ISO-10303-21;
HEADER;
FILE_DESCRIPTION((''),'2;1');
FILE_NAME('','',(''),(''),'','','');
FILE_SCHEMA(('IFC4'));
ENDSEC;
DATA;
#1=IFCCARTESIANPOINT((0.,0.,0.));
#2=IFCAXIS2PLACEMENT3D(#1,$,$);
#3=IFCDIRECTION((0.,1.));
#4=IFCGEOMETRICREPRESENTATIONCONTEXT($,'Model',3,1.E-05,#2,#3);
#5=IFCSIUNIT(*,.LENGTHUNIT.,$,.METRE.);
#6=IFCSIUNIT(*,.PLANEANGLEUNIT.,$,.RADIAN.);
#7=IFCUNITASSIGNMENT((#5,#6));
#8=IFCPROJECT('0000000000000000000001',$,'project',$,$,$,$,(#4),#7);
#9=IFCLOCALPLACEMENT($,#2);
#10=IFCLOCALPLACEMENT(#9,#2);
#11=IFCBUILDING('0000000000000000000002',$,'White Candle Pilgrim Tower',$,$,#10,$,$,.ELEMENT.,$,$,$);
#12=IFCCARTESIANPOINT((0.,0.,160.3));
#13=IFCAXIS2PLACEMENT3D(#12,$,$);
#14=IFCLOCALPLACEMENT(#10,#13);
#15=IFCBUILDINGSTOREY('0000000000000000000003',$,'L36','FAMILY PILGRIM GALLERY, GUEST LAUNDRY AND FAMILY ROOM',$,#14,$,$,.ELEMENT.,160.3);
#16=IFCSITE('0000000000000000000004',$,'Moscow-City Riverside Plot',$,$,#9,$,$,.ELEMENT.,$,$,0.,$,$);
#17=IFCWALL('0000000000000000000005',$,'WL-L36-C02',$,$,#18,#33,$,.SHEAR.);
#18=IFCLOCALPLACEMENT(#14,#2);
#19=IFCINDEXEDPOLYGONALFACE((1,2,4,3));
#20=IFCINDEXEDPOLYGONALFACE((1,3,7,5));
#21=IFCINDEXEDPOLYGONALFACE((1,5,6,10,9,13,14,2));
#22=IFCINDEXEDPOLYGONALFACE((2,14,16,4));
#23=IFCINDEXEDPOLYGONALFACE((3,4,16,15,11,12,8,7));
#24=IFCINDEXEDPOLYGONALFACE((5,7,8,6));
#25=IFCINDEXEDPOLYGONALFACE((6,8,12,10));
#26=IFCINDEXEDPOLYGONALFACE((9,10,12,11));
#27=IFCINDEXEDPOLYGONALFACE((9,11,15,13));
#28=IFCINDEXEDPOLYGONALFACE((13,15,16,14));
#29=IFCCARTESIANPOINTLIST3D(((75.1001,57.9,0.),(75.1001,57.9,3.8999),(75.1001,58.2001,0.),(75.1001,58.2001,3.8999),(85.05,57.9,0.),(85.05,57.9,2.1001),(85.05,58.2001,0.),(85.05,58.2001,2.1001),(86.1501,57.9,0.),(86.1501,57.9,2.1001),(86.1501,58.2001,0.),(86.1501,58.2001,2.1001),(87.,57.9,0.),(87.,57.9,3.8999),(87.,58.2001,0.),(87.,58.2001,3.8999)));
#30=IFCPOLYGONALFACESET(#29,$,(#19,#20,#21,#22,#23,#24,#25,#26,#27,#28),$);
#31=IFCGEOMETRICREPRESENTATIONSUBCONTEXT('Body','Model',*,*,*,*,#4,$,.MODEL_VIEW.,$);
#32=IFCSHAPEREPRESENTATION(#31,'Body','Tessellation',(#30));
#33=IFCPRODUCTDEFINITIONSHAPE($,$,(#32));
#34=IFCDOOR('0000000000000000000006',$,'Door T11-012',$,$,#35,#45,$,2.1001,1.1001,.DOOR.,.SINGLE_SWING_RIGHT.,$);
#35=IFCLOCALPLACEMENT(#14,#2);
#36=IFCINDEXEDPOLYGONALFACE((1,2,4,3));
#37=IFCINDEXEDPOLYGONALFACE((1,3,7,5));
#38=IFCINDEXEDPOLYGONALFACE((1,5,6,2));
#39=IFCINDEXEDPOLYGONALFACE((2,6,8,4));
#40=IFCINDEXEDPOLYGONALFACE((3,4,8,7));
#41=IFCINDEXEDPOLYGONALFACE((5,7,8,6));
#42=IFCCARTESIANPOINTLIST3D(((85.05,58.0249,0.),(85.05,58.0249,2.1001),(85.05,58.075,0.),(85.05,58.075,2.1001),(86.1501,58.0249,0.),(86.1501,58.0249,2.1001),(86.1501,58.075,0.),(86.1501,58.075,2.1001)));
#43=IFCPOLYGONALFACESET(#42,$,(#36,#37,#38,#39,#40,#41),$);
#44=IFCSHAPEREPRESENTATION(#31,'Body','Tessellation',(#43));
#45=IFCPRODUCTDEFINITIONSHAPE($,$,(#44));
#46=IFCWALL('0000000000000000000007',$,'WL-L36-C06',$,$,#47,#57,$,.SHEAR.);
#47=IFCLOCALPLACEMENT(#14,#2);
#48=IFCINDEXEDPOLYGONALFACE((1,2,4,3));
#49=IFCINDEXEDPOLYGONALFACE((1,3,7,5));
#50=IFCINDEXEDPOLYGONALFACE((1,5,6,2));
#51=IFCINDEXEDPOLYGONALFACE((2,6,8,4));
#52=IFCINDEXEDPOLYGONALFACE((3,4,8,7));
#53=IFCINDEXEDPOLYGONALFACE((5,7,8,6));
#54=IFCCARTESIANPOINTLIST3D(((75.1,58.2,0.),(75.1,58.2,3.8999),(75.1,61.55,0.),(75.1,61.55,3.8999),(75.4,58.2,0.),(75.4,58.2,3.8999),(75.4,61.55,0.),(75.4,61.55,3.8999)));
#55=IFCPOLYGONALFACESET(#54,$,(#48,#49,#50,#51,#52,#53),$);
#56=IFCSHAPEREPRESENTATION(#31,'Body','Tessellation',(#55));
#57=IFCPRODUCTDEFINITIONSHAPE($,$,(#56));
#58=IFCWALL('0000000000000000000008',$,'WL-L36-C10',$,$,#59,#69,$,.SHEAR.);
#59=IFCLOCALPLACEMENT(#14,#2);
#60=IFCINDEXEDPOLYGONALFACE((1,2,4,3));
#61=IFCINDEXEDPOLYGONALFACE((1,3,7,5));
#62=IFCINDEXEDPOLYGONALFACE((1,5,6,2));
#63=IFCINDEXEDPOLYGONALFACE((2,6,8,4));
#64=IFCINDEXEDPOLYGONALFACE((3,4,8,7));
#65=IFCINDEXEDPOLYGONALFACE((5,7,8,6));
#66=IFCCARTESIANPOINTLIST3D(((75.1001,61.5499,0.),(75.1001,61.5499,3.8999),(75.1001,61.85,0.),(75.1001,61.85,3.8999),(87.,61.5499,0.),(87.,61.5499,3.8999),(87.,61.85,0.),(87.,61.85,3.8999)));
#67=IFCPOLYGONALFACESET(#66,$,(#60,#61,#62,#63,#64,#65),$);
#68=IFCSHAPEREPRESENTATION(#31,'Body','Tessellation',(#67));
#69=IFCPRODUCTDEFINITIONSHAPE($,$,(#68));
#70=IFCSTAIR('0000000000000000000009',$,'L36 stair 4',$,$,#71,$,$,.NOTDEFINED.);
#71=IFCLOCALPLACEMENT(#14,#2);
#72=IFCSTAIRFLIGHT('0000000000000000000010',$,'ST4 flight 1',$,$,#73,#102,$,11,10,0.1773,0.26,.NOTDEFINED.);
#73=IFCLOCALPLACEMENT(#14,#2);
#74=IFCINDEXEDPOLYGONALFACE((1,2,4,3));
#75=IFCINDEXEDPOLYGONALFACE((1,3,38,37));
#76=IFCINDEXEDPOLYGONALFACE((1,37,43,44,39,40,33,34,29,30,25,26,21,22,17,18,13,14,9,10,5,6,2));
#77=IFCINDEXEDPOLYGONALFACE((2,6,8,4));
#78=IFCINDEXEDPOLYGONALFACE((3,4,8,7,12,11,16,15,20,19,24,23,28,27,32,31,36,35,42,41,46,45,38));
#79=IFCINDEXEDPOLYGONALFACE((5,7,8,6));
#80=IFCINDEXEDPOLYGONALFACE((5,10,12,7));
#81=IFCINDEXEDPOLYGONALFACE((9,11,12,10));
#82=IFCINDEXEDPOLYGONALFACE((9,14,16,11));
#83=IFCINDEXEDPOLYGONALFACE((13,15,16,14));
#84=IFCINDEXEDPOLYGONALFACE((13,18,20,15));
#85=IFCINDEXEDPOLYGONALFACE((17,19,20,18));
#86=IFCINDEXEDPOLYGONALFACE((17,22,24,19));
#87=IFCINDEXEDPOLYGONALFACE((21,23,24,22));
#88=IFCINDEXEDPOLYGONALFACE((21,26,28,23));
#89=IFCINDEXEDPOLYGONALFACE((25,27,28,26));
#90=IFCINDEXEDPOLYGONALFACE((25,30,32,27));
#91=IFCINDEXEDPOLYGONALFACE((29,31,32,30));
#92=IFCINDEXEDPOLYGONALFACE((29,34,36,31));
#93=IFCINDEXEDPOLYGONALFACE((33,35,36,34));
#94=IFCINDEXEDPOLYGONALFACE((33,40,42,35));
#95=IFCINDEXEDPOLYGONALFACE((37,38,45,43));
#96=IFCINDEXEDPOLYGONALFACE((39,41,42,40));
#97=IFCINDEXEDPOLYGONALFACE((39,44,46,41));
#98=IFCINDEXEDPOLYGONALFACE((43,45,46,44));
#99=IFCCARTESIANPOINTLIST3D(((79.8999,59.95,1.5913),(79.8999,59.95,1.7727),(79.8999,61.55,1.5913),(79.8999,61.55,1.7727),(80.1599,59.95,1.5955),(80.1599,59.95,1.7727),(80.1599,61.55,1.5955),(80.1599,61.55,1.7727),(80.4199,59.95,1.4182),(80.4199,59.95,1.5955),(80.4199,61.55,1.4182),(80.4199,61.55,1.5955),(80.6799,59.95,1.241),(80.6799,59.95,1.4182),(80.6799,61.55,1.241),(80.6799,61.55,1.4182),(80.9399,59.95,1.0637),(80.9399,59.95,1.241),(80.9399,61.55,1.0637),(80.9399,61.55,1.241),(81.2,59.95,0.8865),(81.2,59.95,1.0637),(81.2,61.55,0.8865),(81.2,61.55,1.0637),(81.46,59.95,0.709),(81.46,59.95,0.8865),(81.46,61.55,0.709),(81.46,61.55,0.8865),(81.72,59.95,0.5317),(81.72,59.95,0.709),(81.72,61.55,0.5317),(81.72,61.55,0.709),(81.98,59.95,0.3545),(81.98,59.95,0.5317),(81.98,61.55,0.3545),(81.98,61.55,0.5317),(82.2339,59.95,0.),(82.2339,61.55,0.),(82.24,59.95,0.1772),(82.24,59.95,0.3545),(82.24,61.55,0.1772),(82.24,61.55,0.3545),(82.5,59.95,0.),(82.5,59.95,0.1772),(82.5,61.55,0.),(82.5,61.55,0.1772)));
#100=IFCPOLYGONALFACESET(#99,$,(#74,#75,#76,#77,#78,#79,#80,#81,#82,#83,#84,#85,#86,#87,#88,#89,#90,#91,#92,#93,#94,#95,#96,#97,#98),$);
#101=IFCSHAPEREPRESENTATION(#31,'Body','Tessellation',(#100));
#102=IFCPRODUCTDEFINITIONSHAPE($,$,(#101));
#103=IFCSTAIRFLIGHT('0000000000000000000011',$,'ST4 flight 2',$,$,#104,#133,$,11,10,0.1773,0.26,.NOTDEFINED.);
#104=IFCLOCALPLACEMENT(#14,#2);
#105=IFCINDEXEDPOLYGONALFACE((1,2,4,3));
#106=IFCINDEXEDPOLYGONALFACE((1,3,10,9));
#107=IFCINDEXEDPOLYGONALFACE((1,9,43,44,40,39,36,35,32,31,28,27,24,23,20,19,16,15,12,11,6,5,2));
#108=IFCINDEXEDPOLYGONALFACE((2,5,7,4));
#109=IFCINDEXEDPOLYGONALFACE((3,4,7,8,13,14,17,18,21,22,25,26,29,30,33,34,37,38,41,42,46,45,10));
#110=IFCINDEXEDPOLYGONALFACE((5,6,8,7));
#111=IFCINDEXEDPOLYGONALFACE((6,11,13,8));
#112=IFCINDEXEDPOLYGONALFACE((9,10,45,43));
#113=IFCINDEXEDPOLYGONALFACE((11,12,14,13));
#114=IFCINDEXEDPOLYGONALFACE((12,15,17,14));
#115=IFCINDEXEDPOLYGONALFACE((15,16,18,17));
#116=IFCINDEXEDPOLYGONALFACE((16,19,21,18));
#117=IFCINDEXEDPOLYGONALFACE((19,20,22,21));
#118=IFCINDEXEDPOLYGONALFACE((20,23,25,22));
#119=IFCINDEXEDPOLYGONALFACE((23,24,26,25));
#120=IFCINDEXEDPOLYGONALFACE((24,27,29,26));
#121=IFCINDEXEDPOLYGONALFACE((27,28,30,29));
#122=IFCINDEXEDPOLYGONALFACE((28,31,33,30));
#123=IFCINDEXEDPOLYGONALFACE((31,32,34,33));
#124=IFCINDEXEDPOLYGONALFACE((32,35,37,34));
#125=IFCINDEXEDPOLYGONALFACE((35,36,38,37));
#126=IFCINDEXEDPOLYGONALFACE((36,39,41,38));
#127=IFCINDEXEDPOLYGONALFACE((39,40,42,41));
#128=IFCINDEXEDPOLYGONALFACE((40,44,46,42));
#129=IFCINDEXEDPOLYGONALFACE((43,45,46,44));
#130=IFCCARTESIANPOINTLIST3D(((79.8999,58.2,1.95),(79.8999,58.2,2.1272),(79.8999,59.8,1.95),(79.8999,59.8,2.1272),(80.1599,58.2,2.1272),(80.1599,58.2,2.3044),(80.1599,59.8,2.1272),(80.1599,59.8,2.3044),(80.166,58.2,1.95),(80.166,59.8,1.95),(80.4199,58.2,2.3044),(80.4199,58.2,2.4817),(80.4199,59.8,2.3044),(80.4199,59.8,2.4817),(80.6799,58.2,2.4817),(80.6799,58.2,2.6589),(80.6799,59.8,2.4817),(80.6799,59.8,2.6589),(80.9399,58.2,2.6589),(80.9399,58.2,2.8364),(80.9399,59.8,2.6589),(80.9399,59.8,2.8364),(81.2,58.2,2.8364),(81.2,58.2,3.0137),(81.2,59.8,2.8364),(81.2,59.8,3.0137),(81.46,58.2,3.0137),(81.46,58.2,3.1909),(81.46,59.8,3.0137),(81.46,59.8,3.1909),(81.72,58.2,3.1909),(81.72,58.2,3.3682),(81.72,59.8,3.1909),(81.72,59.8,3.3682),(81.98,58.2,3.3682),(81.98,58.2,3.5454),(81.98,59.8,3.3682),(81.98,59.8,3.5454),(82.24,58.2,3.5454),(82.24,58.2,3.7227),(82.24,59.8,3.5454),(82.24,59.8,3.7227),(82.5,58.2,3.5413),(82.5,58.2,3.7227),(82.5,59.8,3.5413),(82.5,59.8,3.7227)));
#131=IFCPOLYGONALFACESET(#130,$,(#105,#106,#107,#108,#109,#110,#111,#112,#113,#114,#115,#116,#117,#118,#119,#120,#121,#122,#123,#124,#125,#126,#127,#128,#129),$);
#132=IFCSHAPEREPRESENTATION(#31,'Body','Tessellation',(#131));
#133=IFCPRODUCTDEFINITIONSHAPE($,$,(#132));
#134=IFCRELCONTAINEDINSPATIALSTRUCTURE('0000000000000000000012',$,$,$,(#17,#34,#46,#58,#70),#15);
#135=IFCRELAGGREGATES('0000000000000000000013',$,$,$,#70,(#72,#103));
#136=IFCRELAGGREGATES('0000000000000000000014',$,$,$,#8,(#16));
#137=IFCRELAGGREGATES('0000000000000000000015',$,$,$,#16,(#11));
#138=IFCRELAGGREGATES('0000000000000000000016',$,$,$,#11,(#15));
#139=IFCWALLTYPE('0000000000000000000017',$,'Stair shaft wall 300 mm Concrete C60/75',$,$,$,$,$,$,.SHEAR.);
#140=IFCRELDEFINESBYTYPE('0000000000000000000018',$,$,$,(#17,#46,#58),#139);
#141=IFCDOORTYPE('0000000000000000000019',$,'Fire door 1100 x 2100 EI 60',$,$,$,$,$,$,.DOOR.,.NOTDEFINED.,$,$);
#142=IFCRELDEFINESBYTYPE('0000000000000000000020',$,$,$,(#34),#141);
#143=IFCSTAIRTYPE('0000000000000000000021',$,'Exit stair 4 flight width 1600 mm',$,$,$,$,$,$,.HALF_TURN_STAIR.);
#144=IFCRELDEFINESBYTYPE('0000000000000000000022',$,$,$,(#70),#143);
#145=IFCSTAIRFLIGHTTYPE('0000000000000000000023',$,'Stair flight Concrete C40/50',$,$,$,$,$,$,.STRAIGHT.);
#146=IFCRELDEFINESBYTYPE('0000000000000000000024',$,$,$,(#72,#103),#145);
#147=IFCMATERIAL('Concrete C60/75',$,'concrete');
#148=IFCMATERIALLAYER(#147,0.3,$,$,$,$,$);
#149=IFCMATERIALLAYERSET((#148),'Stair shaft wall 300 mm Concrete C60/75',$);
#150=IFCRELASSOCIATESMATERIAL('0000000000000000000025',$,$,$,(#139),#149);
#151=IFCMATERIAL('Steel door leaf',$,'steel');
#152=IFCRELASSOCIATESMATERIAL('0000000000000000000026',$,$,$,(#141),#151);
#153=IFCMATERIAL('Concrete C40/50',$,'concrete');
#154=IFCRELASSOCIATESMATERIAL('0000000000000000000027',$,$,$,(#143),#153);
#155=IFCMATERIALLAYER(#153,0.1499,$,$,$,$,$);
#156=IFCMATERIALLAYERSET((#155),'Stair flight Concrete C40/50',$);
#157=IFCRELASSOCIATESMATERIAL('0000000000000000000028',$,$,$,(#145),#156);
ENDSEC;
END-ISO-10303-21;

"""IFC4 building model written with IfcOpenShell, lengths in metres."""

from ifc_helpers import new_model, si_unit, direction, frame, frame_2d, origin, place, context, subcontext, project, spatial, polyline, rectangle, outline, extrude, material, layer, layer_set, type_object, element, fill, aggregate, save


model = new_model("IFC4")

# Units and contexts
model_context = context("Model", 3, precision=1e-05, world=origin(), true_north=direction((0.0, 1.0)))
body_context = subcontext(model_context, "Body", "Model", "MODEL_VIEW")
ifc_project = project(units=[si_unit("LENGTHUNIT", "METRE"), si_unit("PLANEANGLEUNIT", "RADIAN")], contexts=[model_context])

# Site, building, storey
site_placement = place(None, origin())
site = spatial("IfcSite", under=ifc_project, at=site_placement, Name="Moscow-City Riverside Plot", CompositionType="ELEMENT", RefElevation=0.0)
building_placement = place(site_placement, origin())
building = spatial("IfcBuilding", under=site, at=building_placement, Name="White Candle Pilgrim Tower", CompositionType="ELEMENT")
storey_placement = place(building_placement, frame((0.0, 0.0, 160.3)))
storey = spatial("IfcBuildingStorey", under=building, at=storey_placement, Name="L36", Description="FAMILY PILGRIM GALLERY, GUEST LAUNDRY AND FAMILY ROOM", CompositionType="ELEMENT", Elevation=160.3)

# Wall, opening, door
ifc_material_1 = material(Name="Concrete C60/75", Category="concrete")
ifc_layer_1 = layer(ifc_material_1, 0.3)
ifc_layer_set_1 = layer_set([ifc_layer_1], Name="Stair shaft wall 300 mm Concrete C60/75")
wall_type_1 = type_object("IfcWallType", Name="Stair shaft wall 300 mm Concrete C60/75", PredefinedType="SHEAR", material=ifc_layer_set_1)
wall_1_placement = place(storey_placement, frame((75.1001, 58.05, 0.0), z_axis=(0.0, 0.0, 1.0), x_axis=(1.0, 0.0, 0.0)))
wall_1 = element("IfcWall", 1, at=wall_1_placement, inside=storey, type_object=wall_type_1, Name="WL-L36-C02", PredefinedType="SHEAR", context=body_context, shape_type="SweptSolid", body=[
    extrude(rectangle(XDim=11.8999, YDim=0.3, at=frame_2d((5.95, 0.0))), origin(), (0.0, 0.0, 1.0), 3.8999),
])
opening_placement = place(wall_1_placement, frame((9.95, 0.0, 0.0)))
opening = element("IfcOpeningElement", 2, at=opening_placement, cuts=wall_1, PredefinedType="OPENING", context=body_context, shape_type="SweptSolid", body=[
    extrude(rectangle(XDim=1.1001, YDim=2.1001, at=frame_2d((0.55, 1.05))), frame((0.0, 0.1599, 0.0), z_axis=(0.0, -1.0, 0.0), x_axis=(1.0, 0.0, 0.0)), (0.0, 0.0, 1.0), 0.3201),
])
ifc_material_2 = material(Name="Steel door leaf", Category="steel")
door_type = type_object("IfcDoorType", Name="Fire door 1100 x 2100 EI 60", OperationType="NOTDEFINED", PredefinedType="DOOR", material=ifc_material_2)
door_placement = place(opening_placement, origin())
door = element("IfcDoor", 3, at=door_placement, inside=storey, type_object=door_type, Name="Door T11-012", OperationType="SINGLE_SWING_RIGHT", OverallHeight=2.1001, OverallWidth=1.1001, PredefinedType="DOOR", context=body_context, shape_type="SweptSolid", body=[
    extrude(rectangle(XDim=1.1001, YDim=2.1001, at=frame_2d((0.55, 1.05))), frame((0.0, 0.0249, 0.0), z_axis=(0.0, -1.0, 0.0), x_axis=(1.0, 0.0, 0.0)), (0.0, 0.0, 1.0), 0.05),
])
fill(opening, door)

# Walls
wall_2_placement = place(storey_placement, frame((75.25, 58.2, 0.0), z_axis=(0.0, 0.0, 1.0), x_axis=(0.0, 1.0, 0.0)))
element("IfcWall", 4, at=wall_2_placement, inside=storey, type_object=wall_type_1, Name="WL-L36-C06", PredefinedType="SHEAR", context=body_context, shape_type="SweptSolid", body=[
    extrude(rectangle(XDim=3.3501, YDim=0.3, at=frame_2d((1.675, 0.0))), origin(), (0.0, 0.0, 1.0), 3.8999),
])
wall_3_placement = place(storey_placement, frame((75.1001, 61.7, 0.0), z_axis=(0.0, 0.0, 1.0), x_axis=(1.0, 0.0, 0.0)))
element("IfcWall", 5, at=wall_3_placement, inside=storey, type_object=wall_type_1, Name="WL-L36-C10", PredefinedType="SHEAR", context=body_context, shape_type="SweptSolid", body=[
    extrude(rectangle(XDim=11.8999, YDim=0.3, at=frame_2d((5.95, 0.0))), origin(), (0.0, 0.0, 1.0), 3.8999),
])

# Stair, stair flights
ifc_material_3 = material(Name="Concrete C40/50", Category="concrete")
stair_type = type_object("IfcStairType", Name="Exit stair 4 flight width 1600 mm", PredefinedType="HALF_TURN_STAIR", material=ifc_material_3)
stair_placement = place(storey_placement, origin())
stair = element("IfcStair", 6, at=stair_placement, inside=storey, type_object=stair_type, Name="L36 stair 4", PredefinedType="NOTDEFINED")
ifc_layer_2 = layer(ifc_material_3, 0.1499)
ifc_layer_set_2 = layer_set([ifc_layer_2], Name="Stair flight Concrete C40/50")
stair_flight_type = type_object("IfcStairFlightType", Name="Stair flight Concrete C40/50", PredefinedType="STRAIGHT", material=ifc_layer_set_2)
stair_flight_1_placement = place(storey_placement, frame((82.5, 60.75, 0.0), z_axis=(0.0, 0.0, 1.0), x_axis=(-1.0, 0.0, 0.0)))
stair_flight_1 = element("IfcStairFlight", 7, at=stair_flight_1_placement, type_object=stair_flight_type, Name="ST4 flight 1", NumberOfRisers=11, NumberOfTreads=10, PredefinedType="NOTDEFINED", RiserHeight=0.1773, TreadLength=0.26, context=body_context, shape_type="SweptSolid", body=[
    extrude(outline(polyline([(0.0, 0.0), (0.0, 0.1772), (0.26, 0.1772), (0.26, 0.3545), (0.52, 0.3545), (0.52, 0.5317), (0.78, 0.5317), (0.78, 0.709), (1.04, 0.709), (1.04, 0.8865), (1.3, 0.8865), (1.3, 1.0637), (1.5601, 1.0637), (1.5601, 1.241), (1.8201, 1.241), (1.8201, 1.4182), (2.0801, 1.4182), (2.0801, 1.5955), (2.3401, 1.5955), (2.3401, 1.7727), (2.6001, 1.7727), (2.6001, 1.95), (2.6001, 1.5913), (0.2661, 0.0), (0.0, 0.0)])), frame((0.0, 0.8, 0.0), z_axis=(0.0, -1.0, 0.0), x_axis=(1.0, 0.0, 0.0)), (0.0, 0.0, 1.0), 1.6001),
])
stair_flight_2_placement = place(storey_placement, frame((79.8999, 59.0, 1.95), z_axis=(0.0, 0.0, 1.0), x_axis=(1.0, 0.0, 0.0)))
stair_flight_2 = element("IfcStairFlight", 8, at=stair_flight_2_placement, type_object=stair_flight_type, Name="ST4 flight 2", NumberOfRisers=11, NumberOfTreads=10, PredefinedType="NOTDEFINED", RiserHeight=0.1773, TreadLength=0.26, context=body_context, shape_type="SweptSolid", body=[
    extrude(outline(polyline([(0.0, 0.0), (0.0, 0.1772), (0.26, 0.1772), (0.26, 0.3545), (0.52, 0.3545), (0.52, 0.5317), (0.78, 0.5317), (0.78, 0.709), (1.04, 0.709), (1.04, 0.8865), (1.3, 0.8865), (1.3, 1.0637), (1.5601, 1.0637), (1.5601, 1.241), (1.8201, 1.241), (1.8201, 1.4182), (2.0801, 1.4182), (2.0801, 1.5955), (2.3401, 1.5955), (2.3401, 1.7727), (2.6001, 1.7727), (2.6001, 1.95), (2.6001, 1.5913), (0.2661, 0.0), (0.0, 0.0)])), frame((0.0, 0.8, 0.0), z_axis=(0.0, -1.0, 0.0), x_axis=(1.0, 0.0, 0.0)), (0.0, 0.0, 1.0), 1.6001),
])
aggregate(stair, [stair_flight_1, stair_flight_2])

save(model, "model.ifc")
